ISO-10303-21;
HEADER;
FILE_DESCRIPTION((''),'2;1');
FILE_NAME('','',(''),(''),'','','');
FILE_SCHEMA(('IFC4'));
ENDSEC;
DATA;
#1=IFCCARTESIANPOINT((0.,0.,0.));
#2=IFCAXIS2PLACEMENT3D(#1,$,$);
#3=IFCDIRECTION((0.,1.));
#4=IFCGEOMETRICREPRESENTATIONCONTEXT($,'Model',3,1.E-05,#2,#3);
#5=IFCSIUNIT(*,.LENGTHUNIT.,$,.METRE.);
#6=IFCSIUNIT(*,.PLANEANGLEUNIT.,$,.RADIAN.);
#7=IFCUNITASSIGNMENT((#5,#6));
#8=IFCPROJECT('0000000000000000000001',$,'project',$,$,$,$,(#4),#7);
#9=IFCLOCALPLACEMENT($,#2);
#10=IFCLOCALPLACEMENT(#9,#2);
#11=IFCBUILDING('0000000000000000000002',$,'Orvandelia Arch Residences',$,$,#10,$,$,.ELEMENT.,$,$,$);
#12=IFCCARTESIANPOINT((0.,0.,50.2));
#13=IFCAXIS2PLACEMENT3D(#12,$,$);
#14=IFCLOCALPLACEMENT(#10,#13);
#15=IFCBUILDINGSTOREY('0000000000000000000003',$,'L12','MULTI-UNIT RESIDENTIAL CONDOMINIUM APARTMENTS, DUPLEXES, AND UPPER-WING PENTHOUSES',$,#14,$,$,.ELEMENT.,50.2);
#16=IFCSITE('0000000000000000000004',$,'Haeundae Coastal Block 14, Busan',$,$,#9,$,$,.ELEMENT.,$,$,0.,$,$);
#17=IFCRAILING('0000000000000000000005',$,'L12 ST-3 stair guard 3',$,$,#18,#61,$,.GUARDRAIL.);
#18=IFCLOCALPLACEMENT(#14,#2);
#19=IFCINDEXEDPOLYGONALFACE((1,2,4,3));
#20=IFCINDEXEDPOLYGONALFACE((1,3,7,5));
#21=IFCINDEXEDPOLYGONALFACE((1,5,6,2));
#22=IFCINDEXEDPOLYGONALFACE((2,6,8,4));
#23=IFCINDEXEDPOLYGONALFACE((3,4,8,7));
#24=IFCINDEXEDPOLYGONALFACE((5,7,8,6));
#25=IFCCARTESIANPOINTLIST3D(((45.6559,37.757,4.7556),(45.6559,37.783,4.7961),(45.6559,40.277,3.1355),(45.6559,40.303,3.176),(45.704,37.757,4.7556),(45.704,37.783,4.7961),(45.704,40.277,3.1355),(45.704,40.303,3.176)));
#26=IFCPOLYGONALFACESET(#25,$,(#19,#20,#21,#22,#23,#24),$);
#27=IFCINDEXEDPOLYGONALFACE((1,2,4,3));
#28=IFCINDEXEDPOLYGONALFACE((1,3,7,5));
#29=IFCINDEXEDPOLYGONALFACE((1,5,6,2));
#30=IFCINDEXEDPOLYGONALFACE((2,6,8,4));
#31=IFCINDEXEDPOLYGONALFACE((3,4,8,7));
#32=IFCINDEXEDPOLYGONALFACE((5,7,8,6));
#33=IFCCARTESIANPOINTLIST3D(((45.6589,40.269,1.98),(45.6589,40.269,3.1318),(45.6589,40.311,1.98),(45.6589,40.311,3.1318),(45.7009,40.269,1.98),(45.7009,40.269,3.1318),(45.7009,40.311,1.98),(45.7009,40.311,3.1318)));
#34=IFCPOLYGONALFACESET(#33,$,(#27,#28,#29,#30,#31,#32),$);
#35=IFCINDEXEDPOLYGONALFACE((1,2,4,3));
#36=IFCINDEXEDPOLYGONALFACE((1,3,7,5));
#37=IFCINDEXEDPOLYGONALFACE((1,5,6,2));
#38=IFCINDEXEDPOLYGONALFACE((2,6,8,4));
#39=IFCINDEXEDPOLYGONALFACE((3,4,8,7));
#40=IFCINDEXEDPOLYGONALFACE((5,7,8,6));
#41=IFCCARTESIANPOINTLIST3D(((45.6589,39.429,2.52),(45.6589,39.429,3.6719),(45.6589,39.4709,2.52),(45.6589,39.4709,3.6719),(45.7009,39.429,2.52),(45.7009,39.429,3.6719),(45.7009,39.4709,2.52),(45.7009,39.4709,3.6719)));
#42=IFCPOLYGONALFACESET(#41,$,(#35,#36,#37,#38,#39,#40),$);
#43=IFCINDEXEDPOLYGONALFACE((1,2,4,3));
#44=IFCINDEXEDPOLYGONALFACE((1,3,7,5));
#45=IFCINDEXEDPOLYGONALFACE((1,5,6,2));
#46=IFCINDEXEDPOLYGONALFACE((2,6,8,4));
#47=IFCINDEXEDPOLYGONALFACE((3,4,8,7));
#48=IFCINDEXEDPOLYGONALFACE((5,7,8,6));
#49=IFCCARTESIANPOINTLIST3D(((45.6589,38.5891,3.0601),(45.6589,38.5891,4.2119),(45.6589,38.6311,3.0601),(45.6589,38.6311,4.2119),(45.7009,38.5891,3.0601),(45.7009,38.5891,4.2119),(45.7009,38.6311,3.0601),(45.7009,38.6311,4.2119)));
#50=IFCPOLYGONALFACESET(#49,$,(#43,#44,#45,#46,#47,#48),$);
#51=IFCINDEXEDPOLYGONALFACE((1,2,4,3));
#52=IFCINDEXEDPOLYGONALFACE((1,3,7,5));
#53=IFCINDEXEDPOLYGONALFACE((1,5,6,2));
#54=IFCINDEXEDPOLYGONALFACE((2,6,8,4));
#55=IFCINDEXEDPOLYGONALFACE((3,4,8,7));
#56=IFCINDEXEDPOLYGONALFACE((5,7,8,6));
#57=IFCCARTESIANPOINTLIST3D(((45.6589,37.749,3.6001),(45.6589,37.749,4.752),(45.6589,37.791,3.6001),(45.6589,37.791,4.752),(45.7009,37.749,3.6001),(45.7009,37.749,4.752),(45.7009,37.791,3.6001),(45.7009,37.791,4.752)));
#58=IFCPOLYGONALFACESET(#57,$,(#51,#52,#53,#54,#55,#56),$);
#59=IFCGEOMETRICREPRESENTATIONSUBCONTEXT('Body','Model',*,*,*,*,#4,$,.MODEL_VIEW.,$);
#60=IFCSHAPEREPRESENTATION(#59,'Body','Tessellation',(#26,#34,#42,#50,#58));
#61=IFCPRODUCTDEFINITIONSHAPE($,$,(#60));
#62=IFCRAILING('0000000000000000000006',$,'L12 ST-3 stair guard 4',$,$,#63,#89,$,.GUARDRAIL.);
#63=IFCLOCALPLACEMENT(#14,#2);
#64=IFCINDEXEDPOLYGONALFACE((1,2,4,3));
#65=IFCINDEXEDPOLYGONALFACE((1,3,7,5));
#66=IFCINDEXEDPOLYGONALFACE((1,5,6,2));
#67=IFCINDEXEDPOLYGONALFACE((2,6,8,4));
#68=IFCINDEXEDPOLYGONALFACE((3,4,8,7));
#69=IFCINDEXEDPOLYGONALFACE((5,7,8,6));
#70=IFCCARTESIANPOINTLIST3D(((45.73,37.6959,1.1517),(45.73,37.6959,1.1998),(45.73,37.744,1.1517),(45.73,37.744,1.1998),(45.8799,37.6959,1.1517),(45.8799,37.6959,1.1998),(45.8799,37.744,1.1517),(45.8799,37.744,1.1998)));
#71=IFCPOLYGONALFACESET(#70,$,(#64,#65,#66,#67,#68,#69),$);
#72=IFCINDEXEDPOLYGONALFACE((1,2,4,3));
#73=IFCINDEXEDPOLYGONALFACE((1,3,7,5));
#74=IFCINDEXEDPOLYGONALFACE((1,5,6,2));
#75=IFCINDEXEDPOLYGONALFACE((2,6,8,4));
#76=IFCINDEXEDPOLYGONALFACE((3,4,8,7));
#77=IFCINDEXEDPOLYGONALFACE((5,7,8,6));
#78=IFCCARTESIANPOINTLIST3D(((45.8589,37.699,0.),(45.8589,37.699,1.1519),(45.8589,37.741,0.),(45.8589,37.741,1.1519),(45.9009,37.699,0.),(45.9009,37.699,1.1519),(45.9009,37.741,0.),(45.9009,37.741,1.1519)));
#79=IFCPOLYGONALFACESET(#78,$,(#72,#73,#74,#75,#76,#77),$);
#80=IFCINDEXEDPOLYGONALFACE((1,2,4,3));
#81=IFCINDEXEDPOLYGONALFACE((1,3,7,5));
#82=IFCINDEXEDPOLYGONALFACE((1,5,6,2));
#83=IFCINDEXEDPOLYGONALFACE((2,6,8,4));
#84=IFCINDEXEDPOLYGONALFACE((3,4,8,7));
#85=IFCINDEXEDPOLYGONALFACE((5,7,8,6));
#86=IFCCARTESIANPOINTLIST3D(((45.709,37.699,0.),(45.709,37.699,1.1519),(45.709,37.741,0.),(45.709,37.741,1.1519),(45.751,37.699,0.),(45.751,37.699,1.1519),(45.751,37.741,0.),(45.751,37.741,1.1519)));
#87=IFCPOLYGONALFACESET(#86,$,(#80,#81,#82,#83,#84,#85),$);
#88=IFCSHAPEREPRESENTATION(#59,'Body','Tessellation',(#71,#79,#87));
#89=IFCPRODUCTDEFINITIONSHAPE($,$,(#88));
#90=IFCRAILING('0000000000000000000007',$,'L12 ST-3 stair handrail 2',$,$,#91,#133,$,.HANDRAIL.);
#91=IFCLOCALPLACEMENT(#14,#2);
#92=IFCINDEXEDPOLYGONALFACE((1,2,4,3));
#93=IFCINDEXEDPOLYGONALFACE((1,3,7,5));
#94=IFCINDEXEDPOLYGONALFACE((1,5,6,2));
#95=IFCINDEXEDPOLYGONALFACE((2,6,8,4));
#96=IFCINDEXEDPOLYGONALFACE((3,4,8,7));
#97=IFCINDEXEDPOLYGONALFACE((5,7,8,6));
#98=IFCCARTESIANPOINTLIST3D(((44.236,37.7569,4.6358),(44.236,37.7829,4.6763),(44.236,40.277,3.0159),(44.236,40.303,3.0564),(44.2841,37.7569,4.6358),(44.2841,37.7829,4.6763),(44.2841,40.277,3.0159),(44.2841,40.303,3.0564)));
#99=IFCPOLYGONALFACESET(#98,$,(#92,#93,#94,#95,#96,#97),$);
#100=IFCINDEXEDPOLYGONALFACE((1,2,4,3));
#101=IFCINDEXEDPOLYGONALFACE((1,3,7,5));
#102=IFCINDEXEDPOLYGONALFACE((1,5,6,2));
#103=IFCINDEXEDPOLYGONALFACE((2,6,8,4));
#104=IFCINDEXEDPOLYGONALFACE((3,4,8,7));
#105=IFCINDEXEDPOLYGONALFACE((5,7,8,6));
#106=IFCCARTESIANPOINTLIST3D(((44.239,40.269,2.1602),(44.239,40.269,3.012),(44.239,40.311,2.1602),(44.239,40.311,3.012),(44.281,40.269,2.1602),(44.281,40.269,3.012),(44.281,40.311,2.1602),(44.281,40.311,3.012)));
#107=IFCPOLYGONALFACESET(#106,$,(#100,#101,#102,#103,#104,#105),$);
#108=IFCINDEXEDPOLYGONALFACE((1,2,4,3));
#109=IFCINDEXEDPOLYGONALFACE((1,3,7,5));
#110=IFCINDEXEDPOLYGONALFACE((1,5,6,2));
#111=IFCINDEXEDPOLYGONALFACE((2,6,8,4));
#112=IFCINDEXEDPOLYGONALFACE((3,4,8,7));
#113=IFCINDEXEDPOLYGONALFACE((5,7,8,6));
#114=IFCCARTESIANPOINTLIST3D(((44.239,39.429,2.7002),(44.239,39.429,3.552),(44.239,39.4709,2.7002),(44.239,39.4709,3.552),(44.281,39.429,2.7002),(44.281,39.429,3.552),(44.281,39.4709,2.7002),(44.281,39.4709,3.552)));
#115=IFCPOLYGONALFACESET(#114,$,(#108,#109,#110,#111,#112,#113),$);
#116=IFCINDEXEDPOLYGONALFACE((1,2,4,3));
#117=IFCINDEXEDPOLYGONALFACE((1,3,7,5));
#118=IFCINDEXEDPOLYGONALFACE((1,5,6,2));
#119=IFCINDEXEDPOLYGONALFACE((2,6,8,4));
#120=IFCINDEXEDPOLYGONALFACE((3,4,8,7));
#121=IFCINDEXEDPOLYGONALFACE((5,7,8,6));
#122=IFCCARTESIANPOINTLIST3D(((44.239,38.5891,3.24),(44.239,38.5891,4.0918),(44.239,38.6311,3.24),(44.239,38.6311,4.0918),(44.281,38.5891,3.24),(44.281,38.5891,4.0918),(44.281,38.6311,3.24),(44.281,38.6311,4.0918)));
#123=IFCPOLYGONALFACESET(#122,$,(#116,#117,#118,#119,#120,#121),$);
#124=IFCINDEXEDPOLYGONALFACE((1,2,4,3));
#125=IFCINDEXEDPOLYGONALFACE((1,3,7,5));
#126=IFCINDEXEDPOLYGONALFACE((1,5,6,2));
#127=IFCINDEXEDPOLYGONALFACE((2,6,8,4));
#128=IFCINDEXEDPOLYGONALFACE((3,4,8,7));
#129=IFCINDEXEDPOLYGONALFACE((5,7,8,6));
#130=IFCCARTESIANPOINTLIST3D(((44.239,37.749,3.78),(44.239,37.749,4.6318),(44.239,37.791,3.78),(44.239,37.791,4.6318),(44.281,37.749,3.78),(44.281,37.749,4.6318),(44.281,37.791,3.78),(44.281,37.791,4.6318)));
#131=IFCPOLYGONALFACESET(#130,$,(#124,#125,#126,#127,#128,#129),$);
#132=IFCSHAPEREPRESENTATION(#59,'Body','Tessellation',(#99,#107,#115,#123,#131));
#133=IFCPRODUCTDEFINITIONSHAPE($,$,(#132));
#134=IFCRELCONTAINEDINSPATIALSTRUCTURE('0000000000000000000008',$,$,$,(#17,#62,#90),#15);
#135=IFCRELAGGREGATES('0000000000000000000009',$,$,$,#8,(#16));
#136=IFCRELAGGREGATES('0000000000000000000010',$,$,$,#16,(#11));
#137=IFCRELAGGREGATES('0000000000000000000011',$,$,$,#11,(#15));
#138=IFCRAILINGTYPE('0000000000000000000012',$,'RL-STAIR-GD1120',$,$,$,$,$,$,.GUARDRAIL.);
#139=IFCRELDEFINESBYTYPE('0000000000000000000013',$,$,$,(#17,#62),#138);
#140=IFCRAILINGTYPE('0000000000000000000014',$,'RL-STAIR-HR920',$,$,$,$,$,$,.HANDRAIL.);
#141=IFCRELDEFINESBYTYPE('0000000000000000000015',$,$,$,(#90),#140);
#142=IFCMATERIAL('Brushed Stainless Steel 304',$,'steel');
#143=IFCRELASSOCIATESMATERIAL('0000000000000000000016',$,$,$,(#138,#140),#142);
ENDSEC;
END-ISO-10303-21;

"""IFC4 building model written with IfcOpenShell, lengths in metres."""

from ifc_helpers import new_model, si_unit, direction, frame, origin, origin_2d, place, context, subcontext, project, spatial, rectangle, extrude, material, type_object, element, save


model = new_model("IFC4")

# Units and contexts
model_context = context("Model", 3, precision=1e-05, world=origin(), true_north=direction((0.0, 1.0)))
body_context = subcontext(model_context, "Body", "Model", "MODEL_VIEW")
ifc_project = project(units=[si_unit("LENGTHUNIT", "METRE"), si_unit("PLANEANGLEUNIT", "RADIAN")], contexts=[model_context])

# Site, building, storey
site_placement = place(None, origin())
site = spatial("IfcSite", under=ifc_project, at=site_placement, Name="Haeundae Coastal Block 14, Busan", CompositionType="ELEMENT", RefElevation=0.0)
building_placement = place(site_placement, origin())
building = spatial("IfcBuilding", under=site, at=building_placement, Name="Orvandelia Arch Residences", CompositionType="ELEMENT")
storey_placement = place(building_placement, frame((0.0, 0.0, 50.2)))
storey = spatial("IfcBuildingStorey", under=building, at=storey_placement, Name="L12", Description="MULTI-UNIT RESIDENTIAL CONDOMINIUM APARTMENTS, DUPLEXES, AND UPPER-WING PENTHOUSES", CompositionType="ELEMENT", Elevation=50.2)

# Railings
ifc_material_1 = material(Name="Brushed Stainless Steel 304", Category="steel")
railing_type_1 = type_object("IfcRailingType", Name="RL-STAIR-GD1120", PredefinedType="GUARDRAIL", material=ifc_material_1)
railing_1_placement = place(storey_placement, frame((45.6799, 40.29, 1.98)))
element("IfcRailing", 1, at=railing_1_placement, inside=storey, type_object=railing_type_1, Name="L12 ST-3 stair guard 3", PredefinedType="GUARDRAIL", context=body_context, shape_type="SweptSolid", body=[
    extrude(rectangle(XDim=0.0481, YDim=0.0481, at=origin_2d()), frame((0.0, 0.0, 1.1758), z_axis=(0.0, -0.841163, 0.540782), x_axis=(1.0, 0.0, 0.0)), (0.0, 0.0, 1.0), 2.9958),
    extrude(rectangle(XDim=0.042, YDim=0.042, at=origin_2d()), origin(), (0.0, 0.0, 1.0), 1.1519),
    extrude(rectangle(XDim=0.042, YDim=0.042, at=origin_2d()), frame((0.0, -0.8401, 0.54)), (0.0, 0.0, 1.0), 1.1519),
    extrude(rectangle(XDim=0.042, YDim=0.042, at=origin_2d()), frame((0.0, -1.6799, 1.0801)), (0.0, 0.0, 1.0), 1.1519),
    extrude(rectangle(XDim=0.042, YDim=0.042, at=origin_2d()), frame((0.0, -2.52, 1.6201)), (0.0, 0.0, 1.0), 1.1519),
])
railing_2_placement = place(storey_placement, frame((45.8799, 37.72, 0.0)))
element("IfcRailing", 2, at=railing_2_placement, inside=storey, type_object=railing_type_1, Name="L12 ST-3 stair guard 4", PredefinedType="GUARDRAIL", context=body_context, shape_type="SweptSolid", body=[
    extrude(rectangle(XDim=0.0481, YDim=0.0481, at=origin_2d()), frame((0.0, 0.0, 1.1758), z_axis=(-1.0, 0.0, 0.0), x_axis=(0.0, -1.0, 0.0)), (0.0, 0.0, 1.0), 0.1499),
    extrude(rectangle(XDim=0.042, YDim=0.042, at=origin_2d()), origin(), (0.0, 0.0, 1.0), 1.1519),
    extrude(rectangle(XDim=0.042, YDim=0.042, at=origin_2d()), frame((-0.1499, 0.0, 0.0)), (0.0, 0.0, 1.0), 1.1519),
])
railing_type_2 = type_object("IfcRailingType", Name="RL-STAIR-HR920", PredefinedType="HANDRAIL", material=ifc_material_1)
railing_3_placement = place(storey_placement, frame((44.26, 40.29, 2.1602)))
element("IfcRailing", 3, at=railing_3_placement, inside=storey, type_object=railing_type_2, Name="L12 ST-3 stair handrail 2", PredefinedType="HANDRAIL", context=body_context, shape_type="SweptSolid", body=[
    extrude(rectangle(XDim=0.0481, YDim=0.0481, at=origin_2d()), frame((0.0, 0.0, 0.876), z_axis=(0.0, -0.8412, 0.540725), x_axis=(1.0, 0.0, 0.0)), (0.0, 0.0, 1.0), 2.9958),
    extrude(rectangle(XDim=0.042, YDim=0.042, at=origin_2d()), origin(), (0.0, 0.0, 1.0), 0.8518),
    extrude(rectangle(XDim=0.042, YDim=0.042, at=origin_2d()), frame((0.0, -0.8401, 0.54)), (0.0, 0.0, 1.0), 0.8518),
    extrude(rectangle(XDim=0.042, YDim=0.042, at=origin_2d()), frame((0.0, -1.6799, 1.0798)), (0.0, 0.0, 1.0), 0.8518),
    extrude(rectangle(XDim=0.042, YDim=0.042, at=origin_2d()), frame((0.0, -2.52, 1.6199)), (0.0, 0.0, 1.0), 0.8518),
])

save(model, "model.ifc")
